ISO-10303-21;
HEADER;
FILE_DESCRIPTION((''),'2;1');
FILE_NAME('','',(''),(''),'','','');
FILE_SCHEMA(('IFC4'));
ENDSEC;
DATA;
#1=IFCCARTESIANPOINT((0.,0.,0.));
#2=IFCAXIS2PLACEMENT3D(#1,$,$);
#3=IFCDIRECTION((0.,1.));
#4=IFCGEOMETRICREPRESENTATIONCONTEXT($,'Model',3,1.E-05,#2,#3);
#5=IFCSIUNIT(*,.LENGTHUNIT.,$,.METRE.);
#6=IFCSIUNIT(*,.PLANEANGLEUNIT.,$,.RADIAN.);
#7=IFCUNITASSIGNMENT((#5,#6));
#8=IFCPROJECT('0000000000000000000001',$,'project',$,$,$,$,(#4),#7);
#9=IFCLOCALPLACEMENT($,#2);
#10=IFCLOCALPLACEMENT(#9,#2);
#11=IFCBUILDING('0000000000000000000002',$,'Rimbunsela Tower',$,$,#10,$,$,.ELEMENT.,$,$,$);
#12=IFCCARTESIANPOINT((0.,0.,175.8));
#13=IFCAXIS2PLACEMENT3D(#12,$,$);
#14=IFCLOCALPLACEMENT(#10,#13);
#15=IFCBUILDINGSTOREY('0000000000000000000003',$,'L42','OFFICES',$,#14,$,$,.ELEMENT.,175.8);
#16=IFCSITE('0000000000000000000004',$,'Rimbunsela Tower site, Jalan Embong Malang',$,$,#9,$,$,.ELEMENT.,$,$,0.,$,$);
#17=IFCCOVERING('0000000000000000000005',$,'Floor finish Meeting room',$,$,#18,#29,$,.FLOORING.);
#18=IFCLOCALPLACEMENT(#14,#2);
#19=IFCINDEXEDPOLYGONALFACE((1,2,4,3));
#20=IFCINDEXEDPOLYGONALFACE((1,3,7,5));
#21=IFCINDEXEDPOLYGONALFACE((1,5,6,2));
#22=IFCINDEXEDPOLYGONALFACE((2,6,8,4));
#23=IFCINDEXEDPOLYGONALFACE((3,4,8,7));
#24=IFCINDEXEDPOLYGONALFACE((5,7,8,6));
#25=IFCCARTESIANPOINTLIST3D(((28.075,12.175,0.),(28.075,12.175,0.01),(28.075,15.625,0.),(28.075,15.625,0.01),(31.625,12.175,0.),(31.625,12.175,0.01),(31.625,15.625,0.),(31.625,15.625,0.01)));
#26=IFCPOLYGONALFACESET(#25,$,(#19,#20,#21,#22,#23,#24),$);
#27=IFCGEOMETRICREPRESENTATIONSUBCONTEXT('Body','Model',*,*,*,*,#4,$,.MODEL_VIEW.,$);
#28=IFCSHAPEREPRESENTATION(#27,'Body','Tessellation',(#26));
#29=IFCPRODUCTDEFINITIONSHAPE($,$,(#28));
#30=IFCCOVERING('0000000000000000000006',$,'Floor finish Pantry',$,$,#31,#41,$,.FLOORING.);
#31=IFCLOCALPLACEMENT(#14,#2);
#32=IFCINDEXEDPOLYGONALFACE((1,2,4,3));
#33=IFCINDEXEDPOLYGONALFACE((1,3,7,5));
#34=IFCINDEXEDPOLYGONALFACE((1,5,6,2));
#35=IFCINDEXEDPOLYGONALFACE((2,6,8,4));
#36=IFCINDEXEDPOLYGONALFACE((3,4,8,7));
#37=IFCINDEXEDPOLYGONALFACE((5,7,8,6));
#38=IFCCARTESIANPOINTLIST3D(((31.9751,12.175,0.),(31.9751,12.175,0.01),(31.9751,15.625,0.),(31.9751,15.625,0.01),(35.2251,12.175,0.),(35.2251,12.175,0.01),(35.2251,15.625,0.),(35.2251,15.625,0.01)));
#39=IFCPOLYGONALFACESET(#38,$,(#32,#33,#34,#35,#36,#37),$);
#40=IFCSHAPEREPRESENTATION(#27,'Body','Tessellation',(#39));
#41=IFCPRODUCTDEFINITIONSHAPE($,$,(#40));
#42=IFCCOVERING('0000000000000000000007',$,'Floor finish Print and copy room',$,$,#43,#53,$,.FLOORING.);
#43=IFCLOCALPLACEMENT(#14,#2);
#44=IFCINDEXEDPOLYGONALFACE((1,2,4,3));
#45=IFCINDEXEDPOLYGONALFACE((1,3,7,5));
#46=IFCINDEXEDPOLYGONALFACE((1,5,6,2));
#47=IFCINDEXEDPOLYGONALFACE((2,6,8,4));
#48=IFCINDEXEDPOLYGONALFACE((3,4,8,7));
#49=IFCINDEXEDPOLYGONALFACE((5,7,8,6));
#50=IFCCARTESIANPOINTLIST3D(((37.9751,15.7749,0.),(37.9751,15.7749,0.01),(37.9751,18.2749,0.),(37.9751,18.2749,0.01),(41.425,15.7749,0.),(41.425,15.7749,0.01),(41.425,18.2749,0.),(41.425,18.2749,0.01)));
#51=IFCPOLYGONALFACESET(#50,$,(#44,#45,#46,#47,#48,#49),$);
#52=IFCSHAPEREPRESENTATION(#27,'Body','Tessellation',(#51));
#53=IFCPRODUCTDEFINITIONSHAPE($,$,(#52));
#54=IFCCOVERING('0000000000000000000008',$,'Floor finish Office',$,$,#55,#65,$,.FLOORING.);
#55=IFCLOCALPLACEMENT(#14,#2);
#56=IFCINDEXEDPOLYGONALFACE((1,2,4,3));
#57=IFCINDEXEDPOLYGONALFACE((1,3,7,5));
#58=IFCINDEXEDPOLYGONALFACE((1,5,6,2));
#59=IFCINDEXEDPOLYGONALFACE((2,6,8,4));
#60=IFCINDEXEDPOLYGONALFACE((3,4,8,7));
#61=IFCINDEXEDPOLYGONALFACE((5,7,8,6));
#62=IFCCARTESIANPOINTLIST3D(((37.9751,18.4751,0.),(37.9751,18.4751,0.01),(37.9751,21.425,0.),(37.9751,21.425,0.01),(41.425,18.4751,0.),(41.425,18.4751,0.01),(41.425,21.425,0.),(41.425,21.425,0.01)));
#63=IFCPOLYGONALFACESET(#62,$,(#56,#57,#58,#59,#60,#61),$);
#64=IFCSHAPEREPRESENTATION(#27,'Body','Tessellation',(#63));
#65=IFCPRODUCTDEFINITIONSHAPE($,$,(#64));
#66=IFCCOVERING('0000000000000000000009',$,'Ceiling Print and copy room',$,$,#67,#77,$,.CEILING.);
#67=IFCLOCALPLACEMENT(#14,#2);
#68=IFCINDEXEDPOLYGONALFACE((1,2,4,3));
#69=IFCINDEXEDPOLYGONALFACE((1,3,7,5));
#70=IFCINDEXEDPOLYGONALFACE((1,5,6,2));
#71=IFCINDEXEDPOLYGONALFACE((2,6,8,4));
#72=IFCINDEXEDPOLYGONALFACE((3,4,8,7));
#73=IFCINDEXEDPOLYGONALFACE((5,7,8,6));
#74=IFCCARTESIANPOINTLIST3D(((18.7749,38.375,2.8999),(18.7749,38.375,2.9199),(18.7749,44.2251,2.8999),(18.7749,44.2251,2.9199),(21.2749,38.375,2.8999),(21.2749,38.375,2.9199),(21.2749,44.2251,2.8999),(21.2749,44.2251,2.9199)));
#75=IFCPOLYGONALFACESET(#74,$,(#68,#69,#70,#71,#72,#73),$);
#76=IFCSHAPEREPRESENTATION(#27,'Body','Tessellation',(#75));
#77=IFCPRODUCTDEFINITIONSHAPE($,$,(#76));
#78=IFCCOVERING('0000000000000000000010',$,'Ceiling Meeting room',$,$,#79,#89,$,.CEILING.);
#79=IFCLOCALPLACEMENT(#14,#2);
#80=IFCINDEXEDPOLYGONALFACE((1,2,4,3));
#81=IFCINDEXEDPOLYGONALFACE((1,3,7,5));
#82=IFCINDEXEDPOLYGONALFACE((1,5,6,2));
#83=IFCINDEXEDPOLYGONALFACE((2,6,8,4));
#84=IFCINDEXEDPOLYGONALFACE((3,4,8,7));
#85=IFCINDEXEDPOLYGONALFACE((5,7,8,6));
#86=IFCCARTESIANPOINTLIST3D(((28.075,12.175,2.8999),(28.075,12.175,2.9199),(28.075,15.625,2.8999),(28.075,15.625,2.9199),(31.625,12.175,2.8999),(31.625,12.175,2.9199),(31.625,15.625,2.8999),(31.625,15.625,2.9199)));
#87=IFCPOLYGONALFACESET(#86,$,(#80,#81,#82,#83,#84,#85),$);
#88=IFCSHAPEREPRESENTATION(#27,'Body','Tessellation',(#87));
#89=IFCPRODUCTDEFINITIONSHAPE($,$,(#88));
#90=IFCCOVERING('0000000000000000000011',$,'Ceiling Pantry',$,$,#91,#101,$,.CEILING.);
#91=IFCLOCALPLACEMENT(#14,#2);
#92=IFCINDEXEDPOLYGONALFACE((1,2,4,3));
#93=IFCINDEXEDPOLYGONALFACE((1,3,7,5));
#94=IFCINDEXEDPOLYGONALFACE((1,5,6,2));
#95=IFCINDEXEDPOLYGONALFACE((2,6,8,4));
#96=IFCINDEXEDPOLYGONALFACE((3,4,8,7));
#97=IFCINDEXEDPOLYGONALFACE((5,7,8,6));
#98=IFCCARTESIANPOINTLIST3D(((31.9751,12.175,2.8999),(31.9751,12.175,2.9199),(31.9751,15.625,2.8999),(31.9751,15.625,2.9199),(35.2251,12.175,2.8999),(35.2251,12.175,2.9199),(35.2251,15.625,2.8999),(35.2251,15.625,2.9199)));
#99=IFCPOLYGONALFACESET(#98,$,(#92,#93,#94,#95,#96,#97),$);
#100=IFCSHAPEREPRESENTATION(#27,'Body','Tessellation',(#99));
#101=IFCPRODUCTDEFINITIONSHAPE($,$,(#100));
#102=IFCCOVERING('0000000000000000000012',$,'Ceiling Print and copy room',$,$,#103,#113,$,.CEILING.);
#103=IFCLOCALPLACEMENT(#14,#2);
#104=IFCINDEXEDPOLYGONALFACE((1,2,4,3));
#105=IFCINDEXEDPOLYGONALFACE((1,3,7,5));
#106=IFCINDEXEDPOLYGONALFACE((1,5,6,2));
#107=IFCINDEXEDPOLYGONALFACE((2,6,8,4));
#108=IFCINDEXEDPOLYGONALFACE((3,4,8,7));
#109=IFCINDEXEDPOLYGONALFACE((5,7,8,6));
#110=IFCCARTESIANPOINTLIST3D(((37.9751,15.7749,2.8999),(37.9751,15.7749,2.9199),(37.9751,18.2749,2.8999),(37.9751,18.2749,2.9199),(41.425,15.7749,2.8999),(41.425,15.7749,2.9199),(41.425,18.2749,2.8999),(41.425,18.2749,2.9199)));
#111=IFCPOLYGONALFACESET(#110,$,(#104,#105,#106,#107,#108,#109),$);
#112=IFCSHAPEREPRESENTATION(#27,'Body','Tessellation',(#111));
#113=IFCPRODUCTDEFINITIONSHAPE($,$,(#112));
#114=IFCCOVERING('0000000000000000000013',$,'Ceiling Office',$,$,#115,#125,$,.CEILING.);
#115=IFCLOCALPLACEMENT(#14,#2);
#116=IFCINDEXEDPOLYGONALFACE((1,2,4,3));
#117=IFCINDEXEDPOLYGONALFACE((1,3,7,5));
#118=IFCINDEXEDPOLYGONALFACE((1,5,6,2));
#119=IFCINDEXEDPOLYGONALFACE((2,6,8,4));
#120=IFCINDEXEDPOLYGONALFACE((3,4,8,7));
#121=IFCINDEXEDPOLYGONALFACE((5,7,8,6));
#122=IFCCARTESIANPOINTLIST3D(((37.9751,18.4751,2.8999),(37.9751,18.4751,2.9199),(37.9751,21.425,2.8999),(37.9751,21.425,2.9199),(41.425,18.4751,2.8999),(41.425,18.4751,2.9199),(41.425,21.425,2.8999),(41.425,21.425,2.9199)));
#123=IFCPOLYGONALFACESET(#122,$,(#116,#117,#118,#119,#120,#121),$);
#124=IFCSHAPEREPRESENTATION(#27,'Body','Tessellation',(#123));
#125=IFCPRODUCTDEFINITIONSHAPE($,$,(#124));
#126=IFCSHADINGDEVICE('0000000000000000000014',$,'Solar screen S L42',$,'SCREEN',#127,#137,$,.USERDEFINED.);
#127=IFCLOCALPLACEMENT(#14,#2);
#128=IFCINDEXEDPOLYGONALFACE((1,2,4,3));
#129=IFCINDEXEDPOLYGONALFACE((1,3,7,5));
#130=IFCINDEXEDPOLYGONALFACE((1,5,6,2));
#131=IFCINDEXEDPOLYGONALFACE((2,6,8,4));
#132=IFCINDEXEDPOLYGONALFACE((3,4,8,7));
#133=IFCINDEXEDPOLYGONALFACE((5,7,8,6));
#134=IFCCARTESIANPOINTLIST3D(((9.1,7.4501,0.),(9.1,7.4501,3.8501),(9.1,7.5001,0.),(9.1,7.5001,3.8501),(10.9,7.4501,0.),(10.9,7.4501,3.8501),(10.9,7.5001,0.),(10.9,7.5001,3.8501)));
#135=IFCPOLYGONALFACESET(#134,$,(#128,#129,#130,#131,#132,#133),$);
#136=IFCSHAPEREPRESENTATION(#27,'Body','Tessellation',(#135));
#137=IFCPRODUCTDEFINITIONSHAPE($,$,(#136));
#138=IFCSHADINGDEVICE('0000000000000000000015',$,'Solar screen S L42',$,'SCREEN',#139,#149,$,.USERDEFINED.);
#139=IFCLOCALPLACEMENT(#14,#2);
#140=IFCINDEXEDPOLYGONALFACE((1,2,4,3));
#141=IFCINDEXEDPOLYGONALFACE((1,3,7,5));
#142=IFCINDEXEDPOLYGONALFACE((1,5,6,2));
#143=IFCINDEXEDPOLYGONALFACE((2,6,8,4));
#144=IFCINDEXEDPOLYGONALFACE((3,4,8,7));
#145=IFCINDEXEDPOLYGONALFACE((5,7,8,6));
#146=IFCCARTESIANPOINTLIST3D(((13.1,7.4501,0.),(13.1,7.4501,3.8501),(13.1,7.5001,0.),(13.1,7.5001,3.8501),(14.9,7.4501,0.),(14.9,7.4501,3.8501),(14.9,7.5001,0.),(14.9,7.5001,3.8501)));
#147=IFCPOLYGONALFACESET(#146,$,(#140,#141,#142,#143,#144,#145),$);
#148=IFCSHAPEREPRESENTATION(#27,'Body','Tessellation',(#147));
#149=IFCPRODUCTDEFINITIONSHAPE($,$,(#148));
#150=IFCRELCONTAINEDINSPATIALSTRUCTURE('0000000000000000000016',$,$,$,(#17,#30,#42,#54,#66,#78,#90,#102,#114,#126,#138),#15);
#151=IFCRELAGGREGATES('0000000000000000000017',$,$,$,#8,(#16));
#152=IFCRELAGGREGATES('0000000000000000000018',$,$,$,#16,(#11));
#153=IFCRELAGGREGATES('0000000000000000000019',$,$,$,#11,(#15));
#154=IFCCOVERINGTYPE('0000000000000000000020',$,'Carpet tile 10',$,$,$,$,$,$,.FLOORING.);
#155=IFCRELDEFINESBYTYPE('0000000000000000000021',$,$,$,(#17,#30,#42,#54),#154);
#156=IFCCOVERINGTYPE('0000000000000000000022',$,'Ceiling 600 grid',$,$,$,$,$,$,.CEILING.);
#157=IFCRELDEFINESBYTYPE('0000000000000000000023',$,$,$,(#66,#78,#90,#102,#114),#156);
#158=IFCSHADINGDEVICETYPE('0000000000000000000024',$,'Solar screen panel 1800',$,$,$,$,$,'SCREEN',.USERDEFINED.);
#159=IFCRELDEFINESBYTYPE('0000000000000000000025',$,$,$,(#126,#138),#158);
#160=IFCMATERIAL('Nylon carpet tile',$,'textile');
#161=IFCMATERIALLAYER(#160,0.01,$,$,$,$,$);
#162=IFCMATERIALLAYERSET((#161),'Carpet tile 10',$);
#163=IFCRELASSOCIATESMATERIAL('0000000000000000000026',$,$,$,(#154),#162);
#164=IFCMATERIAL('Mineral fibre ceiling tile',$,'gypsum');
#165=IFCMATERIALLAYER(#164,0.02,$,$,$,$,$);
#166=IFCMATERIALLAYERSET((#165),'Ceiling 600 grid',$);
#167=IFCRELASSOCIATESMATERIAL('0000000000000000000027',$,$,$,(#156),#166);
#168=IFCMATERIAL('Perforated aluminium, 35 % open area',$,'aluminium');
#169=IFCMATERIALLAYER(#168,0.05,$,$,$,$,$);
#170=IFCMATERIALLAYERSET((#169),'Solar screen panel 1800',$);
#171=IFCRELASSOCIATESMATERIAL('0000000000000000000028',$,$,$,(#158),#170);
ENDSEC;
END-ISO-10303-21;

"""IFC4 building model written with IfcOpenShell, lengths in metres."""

from ifc_helpers import new_model, si_unit, direction, frame, origin, origin_2d, place, context, subcontext, project, spatial, polyline, rectangle, outline, extrude, material, layer, layer_set, type_object, element, save


model = new_model("IFC4")

# Units and contexts
model_context = context("Model", 3, precision=1e-05, world=origin(), true_north=direction((0.0, 1.0)))
body_context = subcontext(model_context, "Body", "Model", "MODEL_VIEW")
ifc_project = project(units=[si_unit("LENGTHUNIT", "METRE"), si_unit("PLANEANGLEUNIT", "RADIAN")], contexts=[model_context])

# Site, building, storey
site_placement = place(None, origin())
site = spatial("IfcSite", under=ifc_project, at=site_placement, Name="Rimbunsela Tower site, Jalan Embong Malang", CompositionType="ELEMENT", RefElevation=0.0)
building_placement = place(site_placement, origin())
building = spatial("IfcBuilding", under=site, at=building_placement, Name="Rimbunsela Tower", CompositionType="ELEMENT")
storey_placement = place(building_placement, frame((0.0, 0.0, 175.8)))
storey = spatial("IfcBuildingStorey", under=building, at=storey_placement, Name="L42", Description="OFFICES", CompositionType="ELEMENT", Elevation=175.8)

# Coverings
ifc_material_1 = material(Name="Nylon carpet tile", Category="textile")
ifc_layer_1 = layer(ifc_material_1, 0.01)
ifc_layer_set_1 = layer_set([ifc_layer_1], Name="Carpet tile 10")
covering_type_1 = type_object("IfcCoveringType", Name="Carpet tile 10", PredefinedType="FLOORING", material=ifc_layer_set_1)
covering_1_placement = place(storey_placement, origin())
element("IfcCovering", 1, at=covering_1_placement, inside=storey, type_object=covering_type_1, Name="Floor finish Meeting room", PredefinedType="FLOORING", context=body_context, shape_type="SweptSolid", body=[
    extrude(outline(polyline([(31.625, 12.175), (31.625, 15.625), (28.075, 15.625), (28.075, 12.175), (31.625, 12.175)])), origin(), (0.0, 0.0, 1.0), 0.01),
])
covering_2_placement = place(storey_placement, origin())
element("IfcCovering", 2, at=covering_2_placement, inside=storey, type_object=covering_type_1, Name="Floor finish Pantry", PredefinedType="FLOORING", context=body_context, shape_type="SweptSolid", body=[
    extrude(outline(polyline([(35.2251, 12.175), (35.2251, 15.625), (31.9751, 15.625), (31.9751, 12.175), (35.2251, 12.175)])), origin(), (0.0, 0.0, 1.0), 0.01),
])
covering_3_placement = place(storey_placement, origin())
element("IfcCovering", 3, at=covering_3_placement, inside=storey, type_object=covering_type_1, Name="Floor finish Print and copy room", PredefinedType="FLOORING", context=body_context, shape_type="SweptSolid", body=[
    extrude(outline(polyline([(41.425, 15.7749), (41.425, 18.2749), (37.9751, 18.2749), (37.9751, 15.7749), (41.425, 15.7749)])), origin(), (0.0, 0.0, 1.0), 0.01),
])
covering_4_placement = place(storey_placement, origin())
element("IfcCovering", 4, at=covering_4_placement, inside=storey, type_object=covering_type_1, Name="Floor finish Office", PredefinedType="FLOORING", context=body_context, shape_type="SweptSolid", body=[
    extrude(outline(polyline([(41.425, 18.4751), (41.425, 21.425), (37.9751, 21.425), (37.9751, 18.4751), (41.425, 18.4751)])), origin(), (0.0, 0.0, 1.0), 0.01),
])
ifc_material_2 = material(Name="Mineral fibre ceiling tile", Category="gypsum")
ifc_layer_2 = layer(ifc_material_2, 0.02)
ifc_layer_set_2 = layer_set([ifc_layer_2], Name="Ceiling 600 grid")
covering_type_2 = type_object("IfcCoveringType", Name="Ceiling 600 grid", PredefinedType="CEILING", material=ifc_layer_set_2)
covering_5_placement = place(storey_placement, frame((0.0, 0.0, 2.8999)))
element("IfcCovering", 5, at=covering_5_placement, inside=storey, type_object=covering_type_2, Name="Ceiling Print and copy room", PredefinedType="CEILING", context=body_context, shape_type="SweptSolid", body=[
    extrude(outline(polyline([(21.2749, 38.375), (21.2749, 44.2251), (18.7749, 44.2251), (18.7749, 38.375), (21.2749, 38.375)])), origin(), (0.0, 0.0, 1.0), 0.02),
])
covering_6_placement = place(storey_placement, frame((0.0, 0.0, 2.8999)))
element("IfcCovering", 6, at=covering_6_placement, inside=storey, type_object=covering_type_2, Name="Ceiling Meeting room", PredefinedType="CEILING", context=body_context, shape_type="SweptSolid", body=[
    extrude(outline(polyline([(31.625, 12.175), (31.625, 15.625), (28.075, 15.625), (28.075, 12.175), (31.625, 12.175)])), origin(), (0.0, 0.0, 1.0), 0.02),
])
covering_7_placement = place(storey_placement, frame((0.0, 0.0, 2.8999)))
element("IfcCovering", 7, at=covering_7_placement, inside=storey, type_object=covering_type_2, Name="Ceiling Pantry", PredefinedType="CEILING", context=body_context, shape_type="SweptSolid", body=[
    extrude(outline(polyline([(35.2251, 12.175), (35.2251, 15.625), (31.9751, 15.625), (31.9751, 12.175), (35.2251, 12.175)])), origin(), (0.0, 0.0, 1.0), 0.02),
])
covering_8_placement = place(storey_placement, frame((0.0, 0.0, 2.8999)))
element("IfcCovering", 8, at=covering_8_placement, inside=storey, type_object=covering_type_2, Name="Ceiling Print and copy room", PredefinedType="CEILING", context=body_context, shape_type="SweptSolid", body=[
    extrude(outline(polyline([(41.425, 15.7749), (41.425, 18.2749), (37.9751, 18.2749), (37.9751, 15.7749), (41.425, 15.7749)])), origin(), (0.0, 0.0, 1.0), 0.02),
])
covering_9_placement = place(storey_placement, frame((0.0, 0.0, 2.8999)))
element("IfcCovering", 9, at=covering_9_placement, inside=storey, type_object=covering_type_2, Name="Ceiling Office", PredefinedType="CEILING", context=body_context, shape_type="SweptSolid", body=[
    extrude(outline(polyline([(41.425, 18.4751), (41.425, 21.425), (37.9751, 21.425), (37.9751, 18.4751), (41.425, 18.4751)])), origin(), (0.0, 0.0, 1.0), 0.02),
])

# Shading devices
ifc_material_3 = material(Name="Perforated aluminium, 35 % open area", Category="aluminium")
ifc_layer_3 = layer(ifc_material_3, 0.05)
ifc_layer_set_3 = layer_set([ifc_layer_3], Name="Solar screen panel 1800")
shading_device_type = type_object("IfcShadingDeviceType", Name="Solar screen panel 1800", ElementType="SCREEN", PredefinedType="USERDEFINED", material=ifc_layer_set_3)
for number, where, z_axis, x_axis, name in (
    (10, (10.0, 7.4751, 0.0), (0.0, 0.0, 1.0), (1.0, 0.0, 0.0), "Solar screen S L42"),
    (11, (14.0, 7.4751, 0.0), (0.0, 0.0, 1.0), (1.0, 0.0, 0.0), "Solar screen S L42"),
):
    element("IfcShadingDevice", number, at=place(storey_placement, frame(where, z_axis=z_axis, x_axis=x_axis)), inside=storey, type_object=shading_device_type, Name=name, ObjectType="SCREEN", PredefinedType="USERDEFINED", context=body_context, shape_type="SweptSolid", body=[
        extrude(rectangle(XDim=1.8, YDim=0.05, at=origin_2d()), origin(), (0.0, 0.0, 1.0), 3.8501),
    ])

save(model, "model.ifc")
